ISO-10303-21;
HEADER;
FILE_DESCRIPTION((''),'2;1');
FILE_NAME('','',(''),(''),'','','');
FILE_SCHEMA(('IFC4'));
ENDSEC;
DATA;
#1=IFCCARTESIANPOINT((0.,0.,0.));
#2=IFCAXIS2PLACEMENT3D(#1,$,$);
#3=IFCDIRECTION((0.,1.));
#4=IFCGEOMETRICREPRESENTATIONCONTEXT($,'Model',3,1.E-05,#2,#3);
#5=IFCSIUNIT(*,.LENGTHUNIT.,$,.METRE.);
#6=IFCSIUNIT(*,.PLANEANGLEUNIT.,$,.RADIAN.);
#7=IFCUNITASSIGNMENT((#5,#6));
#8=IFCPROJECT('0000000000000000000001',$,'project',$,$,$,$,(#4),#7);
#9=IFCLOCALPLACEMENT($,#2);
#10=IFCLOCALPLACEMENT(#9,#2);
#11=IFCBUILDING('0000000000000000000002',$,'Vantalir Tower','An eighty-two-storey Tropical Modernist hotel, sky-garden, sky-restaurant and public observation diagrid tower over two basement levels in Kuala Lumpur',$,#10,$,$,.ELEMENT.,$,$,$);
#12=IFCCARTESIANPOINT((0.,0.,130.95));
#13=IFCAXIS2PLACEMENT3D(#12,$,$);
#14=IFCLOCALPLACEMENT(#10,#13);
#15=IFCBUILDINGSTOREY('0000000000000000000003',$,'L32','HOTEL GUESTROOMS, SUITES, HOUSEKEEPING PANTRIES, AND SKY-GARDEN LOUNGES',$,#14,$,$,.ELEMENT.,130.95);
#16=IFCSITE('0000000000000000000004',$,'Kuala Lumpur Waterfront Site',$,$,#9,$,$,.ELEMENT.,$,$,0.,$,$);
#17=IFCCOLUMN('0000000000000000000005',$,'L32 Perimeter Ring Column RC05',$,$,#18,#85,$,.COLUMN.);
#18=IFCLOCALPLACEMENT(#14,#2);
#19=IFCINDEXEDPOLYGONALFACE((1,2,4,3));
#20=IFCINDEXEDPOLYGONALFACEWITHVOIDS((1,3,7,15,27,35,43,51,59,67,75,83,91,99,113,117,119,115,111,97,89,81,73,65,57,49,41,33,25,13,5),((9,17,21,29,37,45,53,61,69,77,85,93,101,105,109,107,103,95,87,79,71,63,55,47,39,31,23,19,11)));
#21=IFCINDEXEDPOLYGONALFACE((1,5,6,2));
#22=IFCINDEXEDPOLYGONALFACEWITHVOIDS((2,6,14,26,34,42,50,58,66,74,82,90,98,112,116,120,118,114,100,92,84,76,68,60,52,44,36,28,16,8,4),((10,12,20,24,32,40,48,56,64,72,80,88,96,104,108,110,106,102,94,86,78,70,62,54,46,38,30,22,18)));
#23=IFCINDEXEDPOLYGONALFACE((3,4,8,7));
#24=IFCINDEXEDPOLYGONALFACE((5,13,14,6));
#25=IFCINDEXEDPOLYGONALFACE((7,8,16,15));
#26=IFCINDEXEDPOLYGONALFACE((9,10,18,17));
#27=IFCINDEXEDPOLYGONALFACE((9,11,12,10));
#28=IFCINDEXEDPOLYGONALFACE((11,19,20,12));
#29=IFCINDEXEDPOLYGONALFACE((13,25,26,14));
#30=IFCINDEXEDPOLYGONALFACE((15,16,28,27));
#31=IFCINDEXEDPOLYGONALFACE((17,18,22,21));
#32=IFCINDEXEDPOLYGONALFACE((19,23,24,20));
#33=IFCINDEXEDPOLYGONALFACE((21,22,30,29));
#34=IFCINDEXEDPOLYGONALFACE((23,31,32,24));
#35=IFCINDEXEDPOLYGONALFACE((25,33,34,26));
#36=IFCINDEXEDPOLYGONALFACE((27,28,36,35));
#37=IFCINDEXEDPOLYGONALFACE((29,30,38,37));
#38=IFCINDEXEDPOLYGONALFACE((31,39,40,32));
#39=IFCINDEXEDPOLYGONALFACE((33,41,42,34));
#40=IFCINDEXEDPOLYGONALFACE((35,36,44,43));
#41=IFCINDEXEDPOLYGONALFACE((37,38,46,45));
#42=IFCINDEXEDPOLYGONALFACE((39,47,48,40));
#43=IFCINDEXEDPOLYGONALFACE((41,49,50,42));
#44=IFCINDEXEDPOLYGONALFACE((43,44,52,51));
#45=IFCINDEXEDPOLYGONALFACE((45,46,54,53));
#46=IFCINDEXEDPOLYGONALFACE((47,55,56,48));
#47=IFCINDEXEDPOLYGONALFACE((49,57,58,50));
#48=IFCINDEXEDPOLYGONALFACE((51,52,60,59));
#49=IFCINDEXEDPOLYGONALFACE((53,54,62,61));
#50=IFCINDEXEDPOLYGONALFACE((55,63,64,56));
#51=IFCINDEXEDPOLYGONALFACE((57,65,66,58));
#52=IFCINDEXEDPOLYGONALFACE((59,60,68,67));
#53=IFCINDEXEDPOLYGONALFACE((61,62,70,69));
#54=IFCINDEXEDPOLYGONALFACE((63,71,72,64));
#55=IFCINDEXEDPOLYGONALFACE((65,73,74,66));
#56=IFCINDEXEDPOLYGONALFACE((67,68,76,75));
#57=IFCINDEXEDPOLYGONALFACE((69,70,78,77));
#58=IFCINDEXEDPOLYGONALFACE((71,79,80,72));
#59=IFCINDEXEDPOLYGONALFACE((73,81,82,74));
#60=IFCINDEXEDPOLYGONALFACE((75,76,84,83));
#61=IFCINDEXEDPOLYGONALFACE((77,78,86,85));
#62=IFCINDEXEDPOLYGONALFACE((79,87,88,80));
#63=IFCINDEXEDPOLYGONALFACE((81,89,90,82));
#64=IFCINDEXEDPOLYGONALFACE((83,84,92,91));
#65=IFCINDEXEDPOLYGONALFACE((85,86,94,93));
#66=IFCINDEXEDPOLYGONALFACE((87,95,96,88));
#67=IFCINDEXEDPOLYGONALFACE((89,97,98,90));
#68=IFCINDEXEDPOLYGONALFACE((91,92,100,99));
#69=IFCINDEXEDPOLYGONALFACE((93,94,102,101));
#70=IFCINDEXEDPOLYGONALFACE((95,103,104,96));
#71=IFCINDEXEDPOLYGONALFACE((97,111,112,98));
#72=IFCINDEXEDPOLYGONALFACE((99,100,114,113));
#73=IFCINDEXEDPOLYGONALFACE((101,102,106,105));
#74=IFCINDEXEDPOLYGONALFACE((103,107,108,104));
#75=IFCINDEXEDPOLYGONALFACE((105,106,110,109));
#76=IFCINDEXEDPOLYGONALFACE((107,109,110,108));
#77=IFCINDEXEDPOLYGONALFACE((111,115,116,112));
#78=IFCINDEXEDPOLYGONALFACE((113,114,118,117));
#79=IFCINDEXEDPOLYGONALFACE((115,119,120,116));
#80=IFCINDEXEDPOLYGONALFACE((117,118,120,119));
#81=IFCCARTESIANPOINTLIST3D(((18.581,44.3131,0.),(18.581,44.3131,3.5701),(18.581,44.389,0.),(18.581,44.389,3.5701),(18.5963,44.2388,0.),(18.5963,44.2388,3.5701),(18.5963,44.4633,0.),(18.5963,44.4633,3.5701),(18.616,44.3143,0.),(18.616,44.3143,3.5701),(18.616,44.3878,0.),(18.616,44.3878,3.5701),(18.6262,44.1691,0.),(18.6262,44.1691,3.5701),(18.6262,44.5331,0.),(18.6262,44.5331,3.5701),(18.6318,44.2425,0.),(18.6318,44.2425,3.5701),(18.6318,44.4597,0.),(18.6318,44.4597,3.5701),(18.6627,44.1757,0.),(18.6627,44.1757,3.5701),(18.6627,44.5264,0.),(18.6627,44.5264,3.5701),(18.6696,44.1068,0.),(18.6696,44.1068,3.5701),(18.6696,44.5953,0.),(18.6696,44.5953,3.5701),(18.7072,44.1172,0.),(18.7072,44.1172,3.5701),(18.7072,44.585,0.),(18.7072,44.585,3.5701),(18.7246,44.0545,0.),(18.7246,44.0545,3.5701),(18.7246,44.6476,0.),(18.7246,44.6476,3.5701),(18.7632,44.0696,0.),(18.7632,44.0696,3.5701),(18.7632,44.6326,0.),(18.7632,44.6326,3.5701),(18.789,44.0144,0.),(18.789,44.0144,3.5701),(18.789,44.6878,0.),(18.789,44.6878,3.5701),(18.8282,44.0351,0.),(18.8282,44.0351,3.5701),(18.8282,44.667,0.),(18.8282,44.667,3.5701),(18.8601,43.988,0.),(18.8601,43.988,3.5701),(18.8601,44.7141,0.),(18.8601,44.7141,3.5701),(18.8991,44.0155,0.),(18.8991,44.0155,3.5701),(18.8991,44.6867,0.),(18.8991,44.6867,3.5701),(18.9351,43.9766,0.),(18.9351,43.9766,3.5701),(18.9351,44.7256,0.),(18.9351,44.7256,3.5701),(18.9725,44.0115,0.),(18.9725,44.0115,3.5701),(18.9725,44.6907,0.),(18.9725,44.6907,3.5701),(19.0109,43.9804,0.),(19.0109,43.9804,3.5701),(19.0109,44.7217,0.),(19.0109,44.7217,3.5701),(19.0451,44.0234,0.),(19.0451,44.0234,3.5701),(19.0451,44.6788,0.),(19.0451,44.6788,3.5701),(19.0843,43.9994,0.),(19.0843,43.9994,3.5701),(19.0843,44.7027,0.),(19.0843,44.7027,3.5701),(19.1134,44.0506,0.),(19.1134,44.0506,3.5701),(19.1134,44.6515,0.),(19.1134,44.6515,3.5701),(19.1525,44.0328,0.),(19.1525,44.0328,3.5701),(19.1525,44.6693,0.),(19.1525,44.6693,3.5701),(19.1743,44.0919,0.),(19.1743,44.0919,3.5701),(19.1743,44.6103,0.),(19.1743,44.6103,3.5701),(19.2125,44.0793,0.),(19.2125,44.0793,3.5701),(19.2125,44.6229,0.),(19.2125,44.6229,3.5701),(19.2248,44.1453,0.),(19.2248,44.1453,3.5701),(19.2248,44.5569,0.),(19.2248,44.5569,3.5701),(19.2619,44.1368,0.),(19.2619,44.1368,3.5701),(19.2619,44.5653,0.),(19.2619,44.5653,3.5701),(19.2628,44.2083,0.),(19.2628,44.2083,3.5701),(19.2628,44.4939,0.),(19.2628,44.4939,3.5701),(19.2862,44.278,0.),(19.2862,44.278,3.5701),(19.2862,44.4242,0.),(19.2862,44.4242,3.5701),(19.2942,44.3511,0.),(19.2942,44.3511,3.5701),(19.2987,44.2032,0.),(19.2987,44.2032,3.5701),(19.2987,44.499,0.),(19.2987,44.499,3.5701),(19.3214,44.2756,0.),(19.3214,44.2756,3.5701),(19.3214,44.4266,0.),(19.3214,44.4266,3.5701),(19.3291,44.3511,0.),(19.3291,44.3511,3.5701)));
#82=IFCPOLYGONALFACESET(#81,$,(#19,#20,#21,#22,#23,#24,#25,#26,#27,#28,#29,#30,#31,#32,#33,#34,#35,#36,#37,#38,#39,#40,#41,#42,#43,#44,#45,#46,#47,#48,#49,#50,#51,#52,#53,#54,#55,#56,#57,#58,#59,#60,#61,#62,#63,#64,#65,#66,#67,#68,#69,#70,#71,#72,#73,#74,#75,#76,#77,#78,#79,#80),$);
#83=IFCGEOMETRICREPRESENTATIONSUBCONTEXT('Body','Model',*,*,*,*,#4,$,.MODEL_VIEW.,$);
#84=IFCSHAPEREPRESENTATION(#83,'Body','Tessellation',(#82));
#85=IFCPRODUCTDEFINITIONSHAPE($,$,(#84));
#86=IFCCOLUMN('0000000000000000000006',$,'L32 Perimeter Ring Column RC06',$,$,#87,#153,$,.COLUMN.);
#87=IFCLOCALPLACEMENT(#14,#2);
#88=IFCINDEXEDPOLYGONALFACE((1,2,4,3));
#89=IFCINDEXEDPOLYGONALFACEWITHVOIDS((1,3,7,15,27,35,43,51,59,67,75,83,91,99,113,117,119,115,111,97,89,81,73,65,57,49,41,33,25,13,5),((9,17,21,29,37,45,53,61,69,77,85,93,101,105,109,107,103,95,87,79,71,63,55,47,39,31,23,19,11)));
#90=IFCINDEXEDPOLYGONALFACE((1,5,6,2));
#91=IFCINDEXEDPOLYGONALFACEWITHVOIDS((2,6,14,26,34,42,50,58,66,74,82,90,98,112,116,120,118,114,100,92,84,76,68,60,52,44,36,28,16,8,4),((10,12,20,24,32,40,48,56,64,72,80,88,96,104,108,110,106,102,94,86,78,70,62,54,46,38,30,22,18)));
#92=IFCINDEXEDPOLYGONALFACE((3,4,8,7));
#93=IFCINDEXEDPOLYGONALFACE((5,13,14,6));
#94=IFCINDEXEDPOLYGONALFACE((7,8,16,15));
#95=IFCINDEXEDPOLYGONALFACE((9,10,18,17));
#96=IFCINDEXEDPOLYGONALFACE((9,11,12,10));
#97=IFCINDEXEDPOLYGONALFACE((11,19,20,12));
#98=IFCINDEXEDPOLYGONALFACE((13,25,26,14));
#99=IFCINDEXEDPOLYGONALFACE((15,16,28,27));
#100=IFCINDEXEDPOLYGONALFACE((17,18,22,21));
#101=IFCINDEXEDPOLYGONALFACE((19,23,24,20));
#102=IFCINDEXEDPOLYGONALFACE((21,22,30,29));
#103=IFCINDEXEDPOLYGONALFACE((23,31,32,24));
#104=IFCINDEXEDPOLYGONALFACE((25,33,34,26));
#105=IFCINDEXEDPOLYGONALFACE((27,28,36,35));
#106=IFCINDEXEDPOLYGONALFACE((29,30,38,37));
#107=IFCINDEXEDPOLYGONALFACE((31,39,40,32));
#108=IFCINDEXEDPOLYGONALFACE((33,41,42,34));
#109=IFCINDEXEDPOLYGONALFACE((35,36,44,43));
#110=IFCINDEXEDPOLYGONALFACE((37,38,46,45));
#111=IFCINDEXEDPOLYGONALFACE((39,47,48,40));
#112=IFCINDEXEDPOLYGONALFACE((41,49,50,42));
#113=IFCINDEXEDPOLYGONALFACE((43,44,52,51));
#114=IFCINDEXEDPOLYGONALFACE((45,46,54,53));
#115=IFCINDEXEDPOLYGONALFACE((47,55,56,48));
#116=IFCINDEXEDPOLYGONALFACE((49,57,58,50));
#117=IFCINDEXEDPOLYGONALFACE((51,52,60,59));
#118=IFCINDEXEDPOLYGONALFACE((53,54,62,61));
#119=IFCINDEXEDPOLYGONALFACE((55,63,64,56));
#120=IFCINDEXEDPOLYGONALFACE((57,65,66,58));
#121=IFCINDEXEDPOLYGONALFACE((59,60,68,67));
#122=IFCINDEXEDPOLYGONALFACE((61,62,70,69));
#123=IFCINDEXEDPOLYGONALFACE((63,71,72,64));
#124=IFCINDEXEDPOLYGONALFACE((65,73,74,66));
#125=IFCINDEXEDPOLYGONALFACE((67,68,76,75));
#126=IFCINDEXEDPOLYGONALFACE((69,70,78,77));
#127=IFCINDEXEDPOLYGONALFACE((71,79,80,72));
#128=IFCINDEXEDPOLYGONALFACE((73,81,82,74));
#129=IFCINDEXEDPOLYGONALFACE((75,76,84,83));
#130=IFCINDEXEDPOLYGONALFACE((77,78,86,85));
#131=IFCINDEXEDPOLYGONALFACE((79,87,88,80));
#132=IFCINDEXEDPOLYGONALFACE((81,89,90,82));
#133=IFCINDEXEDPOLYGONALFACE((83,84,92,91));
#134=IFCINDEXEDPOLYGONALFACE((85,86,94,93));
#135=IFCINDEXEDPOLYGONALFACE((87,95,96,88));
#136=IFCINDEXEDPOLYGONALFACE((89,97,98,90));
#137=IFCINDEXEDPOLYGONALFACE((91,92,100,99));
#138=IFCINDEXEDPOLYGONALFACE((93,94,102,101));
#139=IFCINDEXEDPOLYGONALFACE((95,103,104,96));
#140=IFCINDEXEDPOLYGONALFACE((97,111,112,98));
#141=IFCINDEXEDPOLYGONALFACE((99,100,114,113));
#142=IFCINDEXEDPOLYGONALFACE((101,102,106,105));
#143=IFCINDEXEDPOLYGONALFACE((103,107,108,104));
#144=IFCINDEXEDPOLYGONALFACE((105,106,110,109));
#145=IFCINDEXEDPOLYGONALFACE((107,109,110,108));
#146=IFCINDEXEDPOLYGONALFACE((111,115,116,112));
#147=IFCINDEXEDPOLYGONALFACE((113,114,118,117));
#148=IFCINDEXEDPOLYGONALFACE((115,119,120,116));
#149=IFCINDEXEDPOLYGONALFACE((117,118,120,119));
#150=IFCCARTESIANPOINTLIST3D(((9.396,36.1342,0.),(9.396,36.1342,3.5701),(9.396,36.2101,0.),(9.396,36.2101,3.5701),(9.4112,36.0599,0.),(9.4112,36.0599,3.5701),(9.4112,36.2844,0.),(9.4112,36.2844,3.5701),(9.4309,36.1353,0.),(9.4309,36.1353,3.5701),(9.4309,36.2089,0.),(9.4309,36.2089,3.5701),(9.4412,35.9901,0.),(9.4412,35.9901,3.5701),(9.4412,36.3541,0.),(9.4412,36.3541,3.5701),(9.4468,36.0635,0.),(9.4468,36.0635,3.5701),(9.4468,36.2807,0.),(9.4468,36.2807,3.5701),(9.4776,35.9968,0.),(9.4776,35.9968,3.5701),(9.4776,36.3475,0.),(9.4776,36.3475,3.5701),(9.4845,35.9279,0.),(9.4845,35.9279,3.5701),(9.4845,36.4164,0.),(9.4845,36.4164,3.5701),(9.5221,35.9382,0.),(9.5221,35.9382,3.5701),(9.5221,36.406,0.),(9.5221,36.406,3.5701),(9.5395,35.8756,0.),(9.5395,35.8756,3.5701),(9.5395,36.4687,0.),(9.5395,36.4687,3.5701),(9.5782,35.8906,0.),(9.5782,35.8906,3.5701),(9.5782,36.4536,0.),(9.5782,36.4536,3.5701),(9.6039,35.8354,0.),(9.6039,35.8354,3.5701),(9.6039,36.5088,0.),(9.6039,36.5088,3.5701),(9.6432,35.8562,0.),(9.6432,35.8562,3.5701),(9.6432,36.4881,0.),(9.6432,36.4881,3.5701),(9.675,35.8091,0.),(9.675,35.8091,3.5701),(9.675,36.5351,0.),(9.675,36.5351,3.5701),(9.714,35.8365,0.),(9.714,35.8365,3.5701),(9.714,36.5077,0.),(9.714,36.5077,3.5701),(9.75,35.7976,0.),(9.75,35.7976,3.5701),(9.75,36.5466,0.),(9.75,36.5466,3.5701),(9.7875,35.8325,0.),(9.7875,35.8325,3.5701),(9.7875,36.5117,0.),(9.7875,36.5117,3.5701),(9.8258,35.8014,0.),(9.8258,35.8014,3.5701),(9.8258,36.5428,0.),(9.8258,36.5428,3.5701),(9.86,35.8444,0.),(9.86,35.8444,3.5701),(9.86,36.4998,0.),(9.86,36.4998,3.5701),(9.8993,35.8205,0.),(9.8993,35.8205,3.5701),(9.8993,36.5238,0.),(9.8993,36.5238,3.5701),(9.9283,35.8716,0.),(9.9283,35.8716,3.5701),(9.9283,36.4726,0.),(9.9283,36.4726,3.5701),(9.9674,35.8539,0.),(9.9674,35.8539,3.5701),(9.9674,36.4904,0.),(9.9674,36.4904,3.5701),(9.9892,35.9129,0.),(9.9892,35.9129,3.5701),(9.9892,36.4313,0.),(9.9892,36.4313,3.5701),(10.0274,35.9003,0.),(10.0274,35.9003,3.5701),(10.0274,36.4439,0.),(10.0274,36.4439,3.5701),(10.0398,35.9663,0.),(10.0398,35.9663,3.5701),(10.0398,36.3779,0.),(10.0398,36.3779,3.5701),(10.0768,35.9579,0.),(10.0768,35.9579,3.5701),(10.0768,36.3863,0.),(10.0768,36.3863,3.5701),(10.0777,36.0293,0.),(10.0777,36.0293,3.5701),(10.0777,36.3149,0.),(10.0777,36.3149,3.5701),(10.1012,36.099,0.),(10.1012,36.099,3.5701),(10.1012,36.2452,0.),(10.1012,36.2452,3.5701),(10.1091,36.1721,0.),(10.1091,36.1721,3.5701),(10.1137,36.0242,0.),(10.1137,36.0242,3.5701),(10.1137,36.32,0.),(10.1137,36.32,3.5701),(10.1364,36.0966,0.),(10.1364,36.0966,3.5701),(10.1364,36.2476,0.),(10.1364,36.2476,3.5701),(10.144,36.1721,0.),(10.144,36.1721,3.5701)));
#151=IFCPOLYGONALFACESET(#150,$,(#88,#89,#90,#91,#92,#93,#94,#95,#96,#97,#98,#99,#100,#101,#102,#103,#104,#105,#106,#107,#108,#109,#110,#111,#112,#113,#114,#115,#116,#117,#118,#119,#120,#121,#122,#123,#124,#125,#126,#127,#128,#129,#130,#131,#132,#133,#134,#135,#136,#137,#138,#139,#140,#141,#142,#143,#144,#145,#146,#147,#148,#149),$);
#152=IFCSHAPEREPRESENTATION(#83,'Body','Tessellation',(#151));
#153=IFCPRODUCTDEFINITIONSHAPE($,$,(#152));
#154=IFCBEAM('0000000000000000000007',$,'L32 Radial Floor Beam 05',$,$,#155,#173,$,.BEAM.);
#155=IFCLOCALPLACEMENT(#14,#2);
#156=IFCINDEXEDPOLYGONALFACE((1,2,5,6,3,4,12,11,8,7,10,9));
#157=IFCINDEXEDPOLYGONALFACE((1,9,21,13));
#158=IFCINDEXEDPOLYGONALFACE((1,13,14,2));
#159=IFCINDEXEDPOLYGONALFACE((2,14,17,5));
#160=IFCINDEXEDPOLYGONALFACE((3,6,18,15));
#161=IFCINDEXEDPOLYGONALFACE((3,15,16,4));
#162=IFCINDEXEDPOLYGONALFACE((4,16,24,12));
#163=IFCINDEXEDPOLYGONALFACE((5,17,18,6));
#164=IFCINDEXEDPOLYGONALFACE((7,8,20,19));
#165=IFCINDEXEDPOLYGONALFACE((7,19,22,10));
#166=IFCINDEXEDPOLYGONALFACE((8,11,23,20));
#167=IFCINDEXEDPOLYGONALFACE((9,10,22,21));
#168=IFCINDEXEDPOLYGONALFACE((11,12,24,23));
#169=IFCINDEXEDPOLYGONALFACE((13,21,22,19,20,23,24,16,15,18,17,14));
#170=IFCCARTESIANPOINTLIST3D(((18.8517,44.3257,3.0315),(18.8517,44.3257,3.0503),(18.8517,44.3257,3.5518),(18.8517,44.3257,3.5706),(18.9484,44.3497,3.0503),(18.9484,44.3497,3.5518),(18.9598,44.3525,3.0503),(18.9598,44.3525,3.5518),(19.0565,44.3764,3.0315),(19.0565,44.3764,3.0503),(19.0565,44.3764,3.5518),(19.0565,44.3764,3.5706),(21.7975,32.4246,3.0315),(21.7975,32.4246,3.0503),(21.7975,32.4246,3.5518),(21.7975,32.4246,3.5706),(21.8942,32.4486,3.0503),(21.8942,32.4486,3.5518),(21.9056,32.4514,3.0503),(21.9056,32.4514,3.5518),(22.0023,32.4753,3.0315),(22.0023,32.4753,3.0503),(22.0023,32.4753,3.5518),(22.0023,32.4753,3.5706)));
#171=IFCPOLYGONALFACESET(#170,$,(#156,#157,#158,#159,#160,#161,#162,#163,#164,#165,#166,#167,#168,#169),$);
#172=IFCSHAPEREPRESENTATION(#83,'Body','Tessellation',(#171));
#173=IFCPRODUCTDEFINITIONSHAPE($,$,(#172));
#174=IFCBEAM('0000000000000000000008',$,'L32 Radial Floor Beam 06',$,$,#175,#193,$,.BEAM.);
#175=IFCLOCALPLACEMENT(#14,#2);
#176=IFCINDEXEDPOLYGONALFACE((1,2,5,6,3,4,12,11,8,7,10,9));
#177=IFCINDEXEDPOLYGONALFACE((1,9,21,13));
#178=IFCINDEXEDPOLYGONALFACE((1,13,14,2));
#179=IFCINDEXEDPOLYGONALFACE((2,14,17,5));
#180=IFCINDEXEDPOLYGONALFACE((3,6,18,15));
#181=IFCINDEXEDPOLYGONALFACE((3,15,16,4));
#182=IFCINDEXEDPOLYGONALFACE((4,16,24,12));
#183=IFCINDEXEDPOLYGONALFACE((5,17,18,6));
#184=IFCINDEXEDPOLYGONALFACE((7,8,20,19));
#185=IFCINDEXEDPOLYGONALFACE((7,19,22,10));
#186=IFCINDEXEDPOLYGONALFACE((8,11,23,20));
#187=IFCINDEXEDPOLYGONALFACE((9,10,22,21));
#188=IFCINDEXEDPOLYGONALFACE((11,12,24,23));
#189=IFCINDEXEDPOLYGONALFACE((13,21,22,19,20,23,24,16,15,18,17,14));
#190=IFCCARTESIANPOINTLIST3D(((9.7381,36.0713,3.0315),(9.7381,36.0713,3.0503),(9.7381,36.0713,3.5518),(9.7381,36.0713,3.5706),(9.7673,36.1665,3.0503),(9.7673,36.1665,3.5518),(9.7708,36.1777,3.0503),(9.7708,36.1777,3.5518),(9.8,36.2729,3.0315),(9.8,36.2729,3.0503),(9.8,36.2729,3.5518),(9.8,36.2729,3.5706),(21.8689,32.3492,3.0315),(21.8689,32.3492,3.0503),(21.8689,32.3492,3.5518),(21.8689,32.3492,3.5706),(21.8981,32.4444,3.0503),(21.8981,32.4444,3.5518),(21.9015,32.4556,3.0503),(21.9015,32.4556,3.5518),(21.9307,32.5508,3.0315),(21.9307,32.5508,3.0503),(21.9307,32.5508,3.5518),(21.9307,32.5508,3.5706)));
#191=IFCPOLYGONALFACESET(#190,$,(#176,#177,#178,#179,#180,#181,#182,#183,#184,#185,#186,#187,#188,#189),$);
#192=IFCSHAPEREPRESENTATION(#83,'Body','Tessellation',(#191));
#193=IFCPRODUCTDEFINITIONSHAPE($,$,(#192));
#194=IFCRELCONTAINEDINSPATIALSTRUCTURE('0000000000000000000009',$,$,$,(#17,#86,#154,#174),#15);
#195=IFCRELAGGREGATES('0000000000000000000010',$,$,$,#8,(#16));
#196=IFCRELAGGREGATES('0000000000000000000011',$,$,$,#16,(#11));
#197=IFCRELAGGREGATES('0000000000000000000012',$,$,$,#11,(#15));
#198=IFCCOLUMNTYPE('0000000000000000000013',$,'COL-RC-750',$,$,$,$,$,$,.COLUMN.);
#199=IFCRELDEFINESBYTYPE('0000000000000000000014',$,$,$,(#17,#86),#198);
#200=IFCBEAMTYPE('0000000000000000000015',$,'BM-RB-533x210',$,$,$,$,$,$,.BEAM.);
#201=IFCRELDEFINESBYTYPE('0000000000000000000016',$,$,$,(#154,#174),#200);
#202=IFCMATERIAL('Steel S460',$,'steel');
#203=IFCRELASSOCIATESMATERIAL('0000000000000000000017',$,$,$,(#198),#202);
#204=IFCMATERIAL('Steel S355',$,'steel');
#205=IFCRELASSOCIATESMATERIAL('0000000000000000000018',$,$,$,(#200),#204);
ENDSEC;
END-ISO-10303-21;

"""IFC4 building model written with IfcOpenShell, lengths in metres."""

from ifc_helpers import new_model, si_unit, direction, frame, origin, origin_2d, place, context, subcontext, project, spatial, hollow_circle, i_section, extrude, material, material_profile, profile_set, type_object, element, save


model = new_model("IFC4")

# Units and contexts
model_context = context("Model", 3, precision=1e-05, world=origin(), true_north=direction((0.0, 1.0)))
body_context = subcontext(model_context, "Body", "Model", "MODEL_VIEW")
ifc_project = project(units=[si_unit("LENGTHUNIT", "METRE"), si_unit("PLANEANGLEUNIT", "RADIAN")], contexts=[model_context])

# Site, building, storey
site_placement = place(None, origin())
site = spatial("IfcSite", under=ifc_project, at=site_placement, Name="Kuala Lumpur Waterfront Site", CompositionType="ELEMENT", RefElevation=0.0)
building_placement = place(site_placement, origin())
building = spatial("IfcBuilding", under=site, at=building_placement, Name="Vantalir Tower", Description="An eighty-two-storey Tropical Modernist hotel, sky-garden, sky-restaurant and public observation diagrid tower over two basement levels in Kuala Lumpur", CompositionType="ELEMENT")
storey_placement = place(building_placement, frame((0.0, 0.0, 130.95)))
storey = spatial("IfcBuildingStorey", under=building, at=storey_placement, Name="L32", Description="HOTEL GUESTROOMS, SUITES, HOUSEKEEPING PANTRIES, AND SKY-GARDEN LOUNGES", CompositionType="ELEMENT", Elevation=130.95)

# Columns
ifc_material_1 = material(Name="Steel S460", Category="steel")
ifc_material_profile_1 = material_profile(ifc_material_1, hollow_circle(Radius=0.375, WallThickness=0.0349, at=origin_2d()), Name="Steel S460")
ifc_profile_set_1 = profile_set([ifc_material_profile_1], Name="Steel S460")
column_type = type_object("IfcColumnType", Name="COL-RC-750", PredefinedType="COLUMN", material=ifc_profile_set_1)
for number, where, z_axis, x_axis, name in (
    (1, (18.9541, 44.3511, 0.0), (0.0, 0.0, 1.0), (1.0, 0.0, 0.0), "L32 Perimeter Ring Column RC05"),
    (2, (9.769, 36.1721, 0.0), (0.0, 0.0, 1.0), (1.0, 0.0, 0.0), "L32 Perimeter Ring Column RC06"),
):
    element("IfcColumn", number, at=place(storey_placement, frame(where, z_axis=z_axis, x_axis=x_axis)), inside=storey, type_object=column_type, Name=name, PredefinedType="COLUMN", context=body_context, shape_type="SweptSolid", body=[
        extrude(hollow_circle(Radius=0.375, WallThickness=0.0349, at=origin_2d()), origin(), (0.0, 0.0, 1.0), 3.5701),
    ])

# Beams
ifc_material_2 = material(Name="Steel S355", Category="steel")
ifc_material_profile_2 = material_profile(ifc_material_2, i_section(OverallWidth=0.2109, OverallDepth=0.5391, WebThickness=0.0117, FlangeThickness=0.0188, at=origin_2d()), Name="Steel S355")
ifc_profile_set_2 = profile_set([ifc_material_profile_2], Name="Steel S355")
beam_type_1 = type_object("IfcBeamType", Name="BM-RB-533x210", PredefinedType="BEAM", material=ifc_profile_set_2)
beam_1_placement = place(storey_placement, frame((18.9541, 44.3511, 3.301), z_axis=(0.240272, -0.970706, 0.0), x_axis=(0.970706, 0.240272, 0.0)))
element("IfcBeam", 3, at=beam_1_placement, inside=storey, type_object=beam_type_1, Name="L32 Radial Floor Beam 05", PredefinedType="BEAM", context=body_context, shape_type="SweptSolid", body=[
    extrude(i_section(OverallWidth=0.2109, OverallDepth=0.5391, WebThickness=0.0117, FlangeThickness=0.0188, at=origin_2d()), origin(), (0.0, 0.0, 1.0), 12.2603),
])
beam_2_placement = place(storey_placement, frame((9.769, 36.1721, 3.301), z_axis=(0.956009, -0.293337, 0.0), x_axis=(0.293337, 0.956009, 0.0)))
element("IfcBeam", 4, at=beam_2_placement, inside=storey, type_object=beam_type_1, Name="L32 Radial Floor Beam 06", PredefinedType="BEAM", context=body_context, shape_type="SweptSolid", body=[
    extrude(i_section(OverallWidth=0.2109, OverallDepth=0.5391, WebThickness=0.0117, FlangeThickness=0.0188, at=origin_2d()), origin(), (0.0, 0.0, 1.0), 12.689),
])

save(model, "model.ifc")
